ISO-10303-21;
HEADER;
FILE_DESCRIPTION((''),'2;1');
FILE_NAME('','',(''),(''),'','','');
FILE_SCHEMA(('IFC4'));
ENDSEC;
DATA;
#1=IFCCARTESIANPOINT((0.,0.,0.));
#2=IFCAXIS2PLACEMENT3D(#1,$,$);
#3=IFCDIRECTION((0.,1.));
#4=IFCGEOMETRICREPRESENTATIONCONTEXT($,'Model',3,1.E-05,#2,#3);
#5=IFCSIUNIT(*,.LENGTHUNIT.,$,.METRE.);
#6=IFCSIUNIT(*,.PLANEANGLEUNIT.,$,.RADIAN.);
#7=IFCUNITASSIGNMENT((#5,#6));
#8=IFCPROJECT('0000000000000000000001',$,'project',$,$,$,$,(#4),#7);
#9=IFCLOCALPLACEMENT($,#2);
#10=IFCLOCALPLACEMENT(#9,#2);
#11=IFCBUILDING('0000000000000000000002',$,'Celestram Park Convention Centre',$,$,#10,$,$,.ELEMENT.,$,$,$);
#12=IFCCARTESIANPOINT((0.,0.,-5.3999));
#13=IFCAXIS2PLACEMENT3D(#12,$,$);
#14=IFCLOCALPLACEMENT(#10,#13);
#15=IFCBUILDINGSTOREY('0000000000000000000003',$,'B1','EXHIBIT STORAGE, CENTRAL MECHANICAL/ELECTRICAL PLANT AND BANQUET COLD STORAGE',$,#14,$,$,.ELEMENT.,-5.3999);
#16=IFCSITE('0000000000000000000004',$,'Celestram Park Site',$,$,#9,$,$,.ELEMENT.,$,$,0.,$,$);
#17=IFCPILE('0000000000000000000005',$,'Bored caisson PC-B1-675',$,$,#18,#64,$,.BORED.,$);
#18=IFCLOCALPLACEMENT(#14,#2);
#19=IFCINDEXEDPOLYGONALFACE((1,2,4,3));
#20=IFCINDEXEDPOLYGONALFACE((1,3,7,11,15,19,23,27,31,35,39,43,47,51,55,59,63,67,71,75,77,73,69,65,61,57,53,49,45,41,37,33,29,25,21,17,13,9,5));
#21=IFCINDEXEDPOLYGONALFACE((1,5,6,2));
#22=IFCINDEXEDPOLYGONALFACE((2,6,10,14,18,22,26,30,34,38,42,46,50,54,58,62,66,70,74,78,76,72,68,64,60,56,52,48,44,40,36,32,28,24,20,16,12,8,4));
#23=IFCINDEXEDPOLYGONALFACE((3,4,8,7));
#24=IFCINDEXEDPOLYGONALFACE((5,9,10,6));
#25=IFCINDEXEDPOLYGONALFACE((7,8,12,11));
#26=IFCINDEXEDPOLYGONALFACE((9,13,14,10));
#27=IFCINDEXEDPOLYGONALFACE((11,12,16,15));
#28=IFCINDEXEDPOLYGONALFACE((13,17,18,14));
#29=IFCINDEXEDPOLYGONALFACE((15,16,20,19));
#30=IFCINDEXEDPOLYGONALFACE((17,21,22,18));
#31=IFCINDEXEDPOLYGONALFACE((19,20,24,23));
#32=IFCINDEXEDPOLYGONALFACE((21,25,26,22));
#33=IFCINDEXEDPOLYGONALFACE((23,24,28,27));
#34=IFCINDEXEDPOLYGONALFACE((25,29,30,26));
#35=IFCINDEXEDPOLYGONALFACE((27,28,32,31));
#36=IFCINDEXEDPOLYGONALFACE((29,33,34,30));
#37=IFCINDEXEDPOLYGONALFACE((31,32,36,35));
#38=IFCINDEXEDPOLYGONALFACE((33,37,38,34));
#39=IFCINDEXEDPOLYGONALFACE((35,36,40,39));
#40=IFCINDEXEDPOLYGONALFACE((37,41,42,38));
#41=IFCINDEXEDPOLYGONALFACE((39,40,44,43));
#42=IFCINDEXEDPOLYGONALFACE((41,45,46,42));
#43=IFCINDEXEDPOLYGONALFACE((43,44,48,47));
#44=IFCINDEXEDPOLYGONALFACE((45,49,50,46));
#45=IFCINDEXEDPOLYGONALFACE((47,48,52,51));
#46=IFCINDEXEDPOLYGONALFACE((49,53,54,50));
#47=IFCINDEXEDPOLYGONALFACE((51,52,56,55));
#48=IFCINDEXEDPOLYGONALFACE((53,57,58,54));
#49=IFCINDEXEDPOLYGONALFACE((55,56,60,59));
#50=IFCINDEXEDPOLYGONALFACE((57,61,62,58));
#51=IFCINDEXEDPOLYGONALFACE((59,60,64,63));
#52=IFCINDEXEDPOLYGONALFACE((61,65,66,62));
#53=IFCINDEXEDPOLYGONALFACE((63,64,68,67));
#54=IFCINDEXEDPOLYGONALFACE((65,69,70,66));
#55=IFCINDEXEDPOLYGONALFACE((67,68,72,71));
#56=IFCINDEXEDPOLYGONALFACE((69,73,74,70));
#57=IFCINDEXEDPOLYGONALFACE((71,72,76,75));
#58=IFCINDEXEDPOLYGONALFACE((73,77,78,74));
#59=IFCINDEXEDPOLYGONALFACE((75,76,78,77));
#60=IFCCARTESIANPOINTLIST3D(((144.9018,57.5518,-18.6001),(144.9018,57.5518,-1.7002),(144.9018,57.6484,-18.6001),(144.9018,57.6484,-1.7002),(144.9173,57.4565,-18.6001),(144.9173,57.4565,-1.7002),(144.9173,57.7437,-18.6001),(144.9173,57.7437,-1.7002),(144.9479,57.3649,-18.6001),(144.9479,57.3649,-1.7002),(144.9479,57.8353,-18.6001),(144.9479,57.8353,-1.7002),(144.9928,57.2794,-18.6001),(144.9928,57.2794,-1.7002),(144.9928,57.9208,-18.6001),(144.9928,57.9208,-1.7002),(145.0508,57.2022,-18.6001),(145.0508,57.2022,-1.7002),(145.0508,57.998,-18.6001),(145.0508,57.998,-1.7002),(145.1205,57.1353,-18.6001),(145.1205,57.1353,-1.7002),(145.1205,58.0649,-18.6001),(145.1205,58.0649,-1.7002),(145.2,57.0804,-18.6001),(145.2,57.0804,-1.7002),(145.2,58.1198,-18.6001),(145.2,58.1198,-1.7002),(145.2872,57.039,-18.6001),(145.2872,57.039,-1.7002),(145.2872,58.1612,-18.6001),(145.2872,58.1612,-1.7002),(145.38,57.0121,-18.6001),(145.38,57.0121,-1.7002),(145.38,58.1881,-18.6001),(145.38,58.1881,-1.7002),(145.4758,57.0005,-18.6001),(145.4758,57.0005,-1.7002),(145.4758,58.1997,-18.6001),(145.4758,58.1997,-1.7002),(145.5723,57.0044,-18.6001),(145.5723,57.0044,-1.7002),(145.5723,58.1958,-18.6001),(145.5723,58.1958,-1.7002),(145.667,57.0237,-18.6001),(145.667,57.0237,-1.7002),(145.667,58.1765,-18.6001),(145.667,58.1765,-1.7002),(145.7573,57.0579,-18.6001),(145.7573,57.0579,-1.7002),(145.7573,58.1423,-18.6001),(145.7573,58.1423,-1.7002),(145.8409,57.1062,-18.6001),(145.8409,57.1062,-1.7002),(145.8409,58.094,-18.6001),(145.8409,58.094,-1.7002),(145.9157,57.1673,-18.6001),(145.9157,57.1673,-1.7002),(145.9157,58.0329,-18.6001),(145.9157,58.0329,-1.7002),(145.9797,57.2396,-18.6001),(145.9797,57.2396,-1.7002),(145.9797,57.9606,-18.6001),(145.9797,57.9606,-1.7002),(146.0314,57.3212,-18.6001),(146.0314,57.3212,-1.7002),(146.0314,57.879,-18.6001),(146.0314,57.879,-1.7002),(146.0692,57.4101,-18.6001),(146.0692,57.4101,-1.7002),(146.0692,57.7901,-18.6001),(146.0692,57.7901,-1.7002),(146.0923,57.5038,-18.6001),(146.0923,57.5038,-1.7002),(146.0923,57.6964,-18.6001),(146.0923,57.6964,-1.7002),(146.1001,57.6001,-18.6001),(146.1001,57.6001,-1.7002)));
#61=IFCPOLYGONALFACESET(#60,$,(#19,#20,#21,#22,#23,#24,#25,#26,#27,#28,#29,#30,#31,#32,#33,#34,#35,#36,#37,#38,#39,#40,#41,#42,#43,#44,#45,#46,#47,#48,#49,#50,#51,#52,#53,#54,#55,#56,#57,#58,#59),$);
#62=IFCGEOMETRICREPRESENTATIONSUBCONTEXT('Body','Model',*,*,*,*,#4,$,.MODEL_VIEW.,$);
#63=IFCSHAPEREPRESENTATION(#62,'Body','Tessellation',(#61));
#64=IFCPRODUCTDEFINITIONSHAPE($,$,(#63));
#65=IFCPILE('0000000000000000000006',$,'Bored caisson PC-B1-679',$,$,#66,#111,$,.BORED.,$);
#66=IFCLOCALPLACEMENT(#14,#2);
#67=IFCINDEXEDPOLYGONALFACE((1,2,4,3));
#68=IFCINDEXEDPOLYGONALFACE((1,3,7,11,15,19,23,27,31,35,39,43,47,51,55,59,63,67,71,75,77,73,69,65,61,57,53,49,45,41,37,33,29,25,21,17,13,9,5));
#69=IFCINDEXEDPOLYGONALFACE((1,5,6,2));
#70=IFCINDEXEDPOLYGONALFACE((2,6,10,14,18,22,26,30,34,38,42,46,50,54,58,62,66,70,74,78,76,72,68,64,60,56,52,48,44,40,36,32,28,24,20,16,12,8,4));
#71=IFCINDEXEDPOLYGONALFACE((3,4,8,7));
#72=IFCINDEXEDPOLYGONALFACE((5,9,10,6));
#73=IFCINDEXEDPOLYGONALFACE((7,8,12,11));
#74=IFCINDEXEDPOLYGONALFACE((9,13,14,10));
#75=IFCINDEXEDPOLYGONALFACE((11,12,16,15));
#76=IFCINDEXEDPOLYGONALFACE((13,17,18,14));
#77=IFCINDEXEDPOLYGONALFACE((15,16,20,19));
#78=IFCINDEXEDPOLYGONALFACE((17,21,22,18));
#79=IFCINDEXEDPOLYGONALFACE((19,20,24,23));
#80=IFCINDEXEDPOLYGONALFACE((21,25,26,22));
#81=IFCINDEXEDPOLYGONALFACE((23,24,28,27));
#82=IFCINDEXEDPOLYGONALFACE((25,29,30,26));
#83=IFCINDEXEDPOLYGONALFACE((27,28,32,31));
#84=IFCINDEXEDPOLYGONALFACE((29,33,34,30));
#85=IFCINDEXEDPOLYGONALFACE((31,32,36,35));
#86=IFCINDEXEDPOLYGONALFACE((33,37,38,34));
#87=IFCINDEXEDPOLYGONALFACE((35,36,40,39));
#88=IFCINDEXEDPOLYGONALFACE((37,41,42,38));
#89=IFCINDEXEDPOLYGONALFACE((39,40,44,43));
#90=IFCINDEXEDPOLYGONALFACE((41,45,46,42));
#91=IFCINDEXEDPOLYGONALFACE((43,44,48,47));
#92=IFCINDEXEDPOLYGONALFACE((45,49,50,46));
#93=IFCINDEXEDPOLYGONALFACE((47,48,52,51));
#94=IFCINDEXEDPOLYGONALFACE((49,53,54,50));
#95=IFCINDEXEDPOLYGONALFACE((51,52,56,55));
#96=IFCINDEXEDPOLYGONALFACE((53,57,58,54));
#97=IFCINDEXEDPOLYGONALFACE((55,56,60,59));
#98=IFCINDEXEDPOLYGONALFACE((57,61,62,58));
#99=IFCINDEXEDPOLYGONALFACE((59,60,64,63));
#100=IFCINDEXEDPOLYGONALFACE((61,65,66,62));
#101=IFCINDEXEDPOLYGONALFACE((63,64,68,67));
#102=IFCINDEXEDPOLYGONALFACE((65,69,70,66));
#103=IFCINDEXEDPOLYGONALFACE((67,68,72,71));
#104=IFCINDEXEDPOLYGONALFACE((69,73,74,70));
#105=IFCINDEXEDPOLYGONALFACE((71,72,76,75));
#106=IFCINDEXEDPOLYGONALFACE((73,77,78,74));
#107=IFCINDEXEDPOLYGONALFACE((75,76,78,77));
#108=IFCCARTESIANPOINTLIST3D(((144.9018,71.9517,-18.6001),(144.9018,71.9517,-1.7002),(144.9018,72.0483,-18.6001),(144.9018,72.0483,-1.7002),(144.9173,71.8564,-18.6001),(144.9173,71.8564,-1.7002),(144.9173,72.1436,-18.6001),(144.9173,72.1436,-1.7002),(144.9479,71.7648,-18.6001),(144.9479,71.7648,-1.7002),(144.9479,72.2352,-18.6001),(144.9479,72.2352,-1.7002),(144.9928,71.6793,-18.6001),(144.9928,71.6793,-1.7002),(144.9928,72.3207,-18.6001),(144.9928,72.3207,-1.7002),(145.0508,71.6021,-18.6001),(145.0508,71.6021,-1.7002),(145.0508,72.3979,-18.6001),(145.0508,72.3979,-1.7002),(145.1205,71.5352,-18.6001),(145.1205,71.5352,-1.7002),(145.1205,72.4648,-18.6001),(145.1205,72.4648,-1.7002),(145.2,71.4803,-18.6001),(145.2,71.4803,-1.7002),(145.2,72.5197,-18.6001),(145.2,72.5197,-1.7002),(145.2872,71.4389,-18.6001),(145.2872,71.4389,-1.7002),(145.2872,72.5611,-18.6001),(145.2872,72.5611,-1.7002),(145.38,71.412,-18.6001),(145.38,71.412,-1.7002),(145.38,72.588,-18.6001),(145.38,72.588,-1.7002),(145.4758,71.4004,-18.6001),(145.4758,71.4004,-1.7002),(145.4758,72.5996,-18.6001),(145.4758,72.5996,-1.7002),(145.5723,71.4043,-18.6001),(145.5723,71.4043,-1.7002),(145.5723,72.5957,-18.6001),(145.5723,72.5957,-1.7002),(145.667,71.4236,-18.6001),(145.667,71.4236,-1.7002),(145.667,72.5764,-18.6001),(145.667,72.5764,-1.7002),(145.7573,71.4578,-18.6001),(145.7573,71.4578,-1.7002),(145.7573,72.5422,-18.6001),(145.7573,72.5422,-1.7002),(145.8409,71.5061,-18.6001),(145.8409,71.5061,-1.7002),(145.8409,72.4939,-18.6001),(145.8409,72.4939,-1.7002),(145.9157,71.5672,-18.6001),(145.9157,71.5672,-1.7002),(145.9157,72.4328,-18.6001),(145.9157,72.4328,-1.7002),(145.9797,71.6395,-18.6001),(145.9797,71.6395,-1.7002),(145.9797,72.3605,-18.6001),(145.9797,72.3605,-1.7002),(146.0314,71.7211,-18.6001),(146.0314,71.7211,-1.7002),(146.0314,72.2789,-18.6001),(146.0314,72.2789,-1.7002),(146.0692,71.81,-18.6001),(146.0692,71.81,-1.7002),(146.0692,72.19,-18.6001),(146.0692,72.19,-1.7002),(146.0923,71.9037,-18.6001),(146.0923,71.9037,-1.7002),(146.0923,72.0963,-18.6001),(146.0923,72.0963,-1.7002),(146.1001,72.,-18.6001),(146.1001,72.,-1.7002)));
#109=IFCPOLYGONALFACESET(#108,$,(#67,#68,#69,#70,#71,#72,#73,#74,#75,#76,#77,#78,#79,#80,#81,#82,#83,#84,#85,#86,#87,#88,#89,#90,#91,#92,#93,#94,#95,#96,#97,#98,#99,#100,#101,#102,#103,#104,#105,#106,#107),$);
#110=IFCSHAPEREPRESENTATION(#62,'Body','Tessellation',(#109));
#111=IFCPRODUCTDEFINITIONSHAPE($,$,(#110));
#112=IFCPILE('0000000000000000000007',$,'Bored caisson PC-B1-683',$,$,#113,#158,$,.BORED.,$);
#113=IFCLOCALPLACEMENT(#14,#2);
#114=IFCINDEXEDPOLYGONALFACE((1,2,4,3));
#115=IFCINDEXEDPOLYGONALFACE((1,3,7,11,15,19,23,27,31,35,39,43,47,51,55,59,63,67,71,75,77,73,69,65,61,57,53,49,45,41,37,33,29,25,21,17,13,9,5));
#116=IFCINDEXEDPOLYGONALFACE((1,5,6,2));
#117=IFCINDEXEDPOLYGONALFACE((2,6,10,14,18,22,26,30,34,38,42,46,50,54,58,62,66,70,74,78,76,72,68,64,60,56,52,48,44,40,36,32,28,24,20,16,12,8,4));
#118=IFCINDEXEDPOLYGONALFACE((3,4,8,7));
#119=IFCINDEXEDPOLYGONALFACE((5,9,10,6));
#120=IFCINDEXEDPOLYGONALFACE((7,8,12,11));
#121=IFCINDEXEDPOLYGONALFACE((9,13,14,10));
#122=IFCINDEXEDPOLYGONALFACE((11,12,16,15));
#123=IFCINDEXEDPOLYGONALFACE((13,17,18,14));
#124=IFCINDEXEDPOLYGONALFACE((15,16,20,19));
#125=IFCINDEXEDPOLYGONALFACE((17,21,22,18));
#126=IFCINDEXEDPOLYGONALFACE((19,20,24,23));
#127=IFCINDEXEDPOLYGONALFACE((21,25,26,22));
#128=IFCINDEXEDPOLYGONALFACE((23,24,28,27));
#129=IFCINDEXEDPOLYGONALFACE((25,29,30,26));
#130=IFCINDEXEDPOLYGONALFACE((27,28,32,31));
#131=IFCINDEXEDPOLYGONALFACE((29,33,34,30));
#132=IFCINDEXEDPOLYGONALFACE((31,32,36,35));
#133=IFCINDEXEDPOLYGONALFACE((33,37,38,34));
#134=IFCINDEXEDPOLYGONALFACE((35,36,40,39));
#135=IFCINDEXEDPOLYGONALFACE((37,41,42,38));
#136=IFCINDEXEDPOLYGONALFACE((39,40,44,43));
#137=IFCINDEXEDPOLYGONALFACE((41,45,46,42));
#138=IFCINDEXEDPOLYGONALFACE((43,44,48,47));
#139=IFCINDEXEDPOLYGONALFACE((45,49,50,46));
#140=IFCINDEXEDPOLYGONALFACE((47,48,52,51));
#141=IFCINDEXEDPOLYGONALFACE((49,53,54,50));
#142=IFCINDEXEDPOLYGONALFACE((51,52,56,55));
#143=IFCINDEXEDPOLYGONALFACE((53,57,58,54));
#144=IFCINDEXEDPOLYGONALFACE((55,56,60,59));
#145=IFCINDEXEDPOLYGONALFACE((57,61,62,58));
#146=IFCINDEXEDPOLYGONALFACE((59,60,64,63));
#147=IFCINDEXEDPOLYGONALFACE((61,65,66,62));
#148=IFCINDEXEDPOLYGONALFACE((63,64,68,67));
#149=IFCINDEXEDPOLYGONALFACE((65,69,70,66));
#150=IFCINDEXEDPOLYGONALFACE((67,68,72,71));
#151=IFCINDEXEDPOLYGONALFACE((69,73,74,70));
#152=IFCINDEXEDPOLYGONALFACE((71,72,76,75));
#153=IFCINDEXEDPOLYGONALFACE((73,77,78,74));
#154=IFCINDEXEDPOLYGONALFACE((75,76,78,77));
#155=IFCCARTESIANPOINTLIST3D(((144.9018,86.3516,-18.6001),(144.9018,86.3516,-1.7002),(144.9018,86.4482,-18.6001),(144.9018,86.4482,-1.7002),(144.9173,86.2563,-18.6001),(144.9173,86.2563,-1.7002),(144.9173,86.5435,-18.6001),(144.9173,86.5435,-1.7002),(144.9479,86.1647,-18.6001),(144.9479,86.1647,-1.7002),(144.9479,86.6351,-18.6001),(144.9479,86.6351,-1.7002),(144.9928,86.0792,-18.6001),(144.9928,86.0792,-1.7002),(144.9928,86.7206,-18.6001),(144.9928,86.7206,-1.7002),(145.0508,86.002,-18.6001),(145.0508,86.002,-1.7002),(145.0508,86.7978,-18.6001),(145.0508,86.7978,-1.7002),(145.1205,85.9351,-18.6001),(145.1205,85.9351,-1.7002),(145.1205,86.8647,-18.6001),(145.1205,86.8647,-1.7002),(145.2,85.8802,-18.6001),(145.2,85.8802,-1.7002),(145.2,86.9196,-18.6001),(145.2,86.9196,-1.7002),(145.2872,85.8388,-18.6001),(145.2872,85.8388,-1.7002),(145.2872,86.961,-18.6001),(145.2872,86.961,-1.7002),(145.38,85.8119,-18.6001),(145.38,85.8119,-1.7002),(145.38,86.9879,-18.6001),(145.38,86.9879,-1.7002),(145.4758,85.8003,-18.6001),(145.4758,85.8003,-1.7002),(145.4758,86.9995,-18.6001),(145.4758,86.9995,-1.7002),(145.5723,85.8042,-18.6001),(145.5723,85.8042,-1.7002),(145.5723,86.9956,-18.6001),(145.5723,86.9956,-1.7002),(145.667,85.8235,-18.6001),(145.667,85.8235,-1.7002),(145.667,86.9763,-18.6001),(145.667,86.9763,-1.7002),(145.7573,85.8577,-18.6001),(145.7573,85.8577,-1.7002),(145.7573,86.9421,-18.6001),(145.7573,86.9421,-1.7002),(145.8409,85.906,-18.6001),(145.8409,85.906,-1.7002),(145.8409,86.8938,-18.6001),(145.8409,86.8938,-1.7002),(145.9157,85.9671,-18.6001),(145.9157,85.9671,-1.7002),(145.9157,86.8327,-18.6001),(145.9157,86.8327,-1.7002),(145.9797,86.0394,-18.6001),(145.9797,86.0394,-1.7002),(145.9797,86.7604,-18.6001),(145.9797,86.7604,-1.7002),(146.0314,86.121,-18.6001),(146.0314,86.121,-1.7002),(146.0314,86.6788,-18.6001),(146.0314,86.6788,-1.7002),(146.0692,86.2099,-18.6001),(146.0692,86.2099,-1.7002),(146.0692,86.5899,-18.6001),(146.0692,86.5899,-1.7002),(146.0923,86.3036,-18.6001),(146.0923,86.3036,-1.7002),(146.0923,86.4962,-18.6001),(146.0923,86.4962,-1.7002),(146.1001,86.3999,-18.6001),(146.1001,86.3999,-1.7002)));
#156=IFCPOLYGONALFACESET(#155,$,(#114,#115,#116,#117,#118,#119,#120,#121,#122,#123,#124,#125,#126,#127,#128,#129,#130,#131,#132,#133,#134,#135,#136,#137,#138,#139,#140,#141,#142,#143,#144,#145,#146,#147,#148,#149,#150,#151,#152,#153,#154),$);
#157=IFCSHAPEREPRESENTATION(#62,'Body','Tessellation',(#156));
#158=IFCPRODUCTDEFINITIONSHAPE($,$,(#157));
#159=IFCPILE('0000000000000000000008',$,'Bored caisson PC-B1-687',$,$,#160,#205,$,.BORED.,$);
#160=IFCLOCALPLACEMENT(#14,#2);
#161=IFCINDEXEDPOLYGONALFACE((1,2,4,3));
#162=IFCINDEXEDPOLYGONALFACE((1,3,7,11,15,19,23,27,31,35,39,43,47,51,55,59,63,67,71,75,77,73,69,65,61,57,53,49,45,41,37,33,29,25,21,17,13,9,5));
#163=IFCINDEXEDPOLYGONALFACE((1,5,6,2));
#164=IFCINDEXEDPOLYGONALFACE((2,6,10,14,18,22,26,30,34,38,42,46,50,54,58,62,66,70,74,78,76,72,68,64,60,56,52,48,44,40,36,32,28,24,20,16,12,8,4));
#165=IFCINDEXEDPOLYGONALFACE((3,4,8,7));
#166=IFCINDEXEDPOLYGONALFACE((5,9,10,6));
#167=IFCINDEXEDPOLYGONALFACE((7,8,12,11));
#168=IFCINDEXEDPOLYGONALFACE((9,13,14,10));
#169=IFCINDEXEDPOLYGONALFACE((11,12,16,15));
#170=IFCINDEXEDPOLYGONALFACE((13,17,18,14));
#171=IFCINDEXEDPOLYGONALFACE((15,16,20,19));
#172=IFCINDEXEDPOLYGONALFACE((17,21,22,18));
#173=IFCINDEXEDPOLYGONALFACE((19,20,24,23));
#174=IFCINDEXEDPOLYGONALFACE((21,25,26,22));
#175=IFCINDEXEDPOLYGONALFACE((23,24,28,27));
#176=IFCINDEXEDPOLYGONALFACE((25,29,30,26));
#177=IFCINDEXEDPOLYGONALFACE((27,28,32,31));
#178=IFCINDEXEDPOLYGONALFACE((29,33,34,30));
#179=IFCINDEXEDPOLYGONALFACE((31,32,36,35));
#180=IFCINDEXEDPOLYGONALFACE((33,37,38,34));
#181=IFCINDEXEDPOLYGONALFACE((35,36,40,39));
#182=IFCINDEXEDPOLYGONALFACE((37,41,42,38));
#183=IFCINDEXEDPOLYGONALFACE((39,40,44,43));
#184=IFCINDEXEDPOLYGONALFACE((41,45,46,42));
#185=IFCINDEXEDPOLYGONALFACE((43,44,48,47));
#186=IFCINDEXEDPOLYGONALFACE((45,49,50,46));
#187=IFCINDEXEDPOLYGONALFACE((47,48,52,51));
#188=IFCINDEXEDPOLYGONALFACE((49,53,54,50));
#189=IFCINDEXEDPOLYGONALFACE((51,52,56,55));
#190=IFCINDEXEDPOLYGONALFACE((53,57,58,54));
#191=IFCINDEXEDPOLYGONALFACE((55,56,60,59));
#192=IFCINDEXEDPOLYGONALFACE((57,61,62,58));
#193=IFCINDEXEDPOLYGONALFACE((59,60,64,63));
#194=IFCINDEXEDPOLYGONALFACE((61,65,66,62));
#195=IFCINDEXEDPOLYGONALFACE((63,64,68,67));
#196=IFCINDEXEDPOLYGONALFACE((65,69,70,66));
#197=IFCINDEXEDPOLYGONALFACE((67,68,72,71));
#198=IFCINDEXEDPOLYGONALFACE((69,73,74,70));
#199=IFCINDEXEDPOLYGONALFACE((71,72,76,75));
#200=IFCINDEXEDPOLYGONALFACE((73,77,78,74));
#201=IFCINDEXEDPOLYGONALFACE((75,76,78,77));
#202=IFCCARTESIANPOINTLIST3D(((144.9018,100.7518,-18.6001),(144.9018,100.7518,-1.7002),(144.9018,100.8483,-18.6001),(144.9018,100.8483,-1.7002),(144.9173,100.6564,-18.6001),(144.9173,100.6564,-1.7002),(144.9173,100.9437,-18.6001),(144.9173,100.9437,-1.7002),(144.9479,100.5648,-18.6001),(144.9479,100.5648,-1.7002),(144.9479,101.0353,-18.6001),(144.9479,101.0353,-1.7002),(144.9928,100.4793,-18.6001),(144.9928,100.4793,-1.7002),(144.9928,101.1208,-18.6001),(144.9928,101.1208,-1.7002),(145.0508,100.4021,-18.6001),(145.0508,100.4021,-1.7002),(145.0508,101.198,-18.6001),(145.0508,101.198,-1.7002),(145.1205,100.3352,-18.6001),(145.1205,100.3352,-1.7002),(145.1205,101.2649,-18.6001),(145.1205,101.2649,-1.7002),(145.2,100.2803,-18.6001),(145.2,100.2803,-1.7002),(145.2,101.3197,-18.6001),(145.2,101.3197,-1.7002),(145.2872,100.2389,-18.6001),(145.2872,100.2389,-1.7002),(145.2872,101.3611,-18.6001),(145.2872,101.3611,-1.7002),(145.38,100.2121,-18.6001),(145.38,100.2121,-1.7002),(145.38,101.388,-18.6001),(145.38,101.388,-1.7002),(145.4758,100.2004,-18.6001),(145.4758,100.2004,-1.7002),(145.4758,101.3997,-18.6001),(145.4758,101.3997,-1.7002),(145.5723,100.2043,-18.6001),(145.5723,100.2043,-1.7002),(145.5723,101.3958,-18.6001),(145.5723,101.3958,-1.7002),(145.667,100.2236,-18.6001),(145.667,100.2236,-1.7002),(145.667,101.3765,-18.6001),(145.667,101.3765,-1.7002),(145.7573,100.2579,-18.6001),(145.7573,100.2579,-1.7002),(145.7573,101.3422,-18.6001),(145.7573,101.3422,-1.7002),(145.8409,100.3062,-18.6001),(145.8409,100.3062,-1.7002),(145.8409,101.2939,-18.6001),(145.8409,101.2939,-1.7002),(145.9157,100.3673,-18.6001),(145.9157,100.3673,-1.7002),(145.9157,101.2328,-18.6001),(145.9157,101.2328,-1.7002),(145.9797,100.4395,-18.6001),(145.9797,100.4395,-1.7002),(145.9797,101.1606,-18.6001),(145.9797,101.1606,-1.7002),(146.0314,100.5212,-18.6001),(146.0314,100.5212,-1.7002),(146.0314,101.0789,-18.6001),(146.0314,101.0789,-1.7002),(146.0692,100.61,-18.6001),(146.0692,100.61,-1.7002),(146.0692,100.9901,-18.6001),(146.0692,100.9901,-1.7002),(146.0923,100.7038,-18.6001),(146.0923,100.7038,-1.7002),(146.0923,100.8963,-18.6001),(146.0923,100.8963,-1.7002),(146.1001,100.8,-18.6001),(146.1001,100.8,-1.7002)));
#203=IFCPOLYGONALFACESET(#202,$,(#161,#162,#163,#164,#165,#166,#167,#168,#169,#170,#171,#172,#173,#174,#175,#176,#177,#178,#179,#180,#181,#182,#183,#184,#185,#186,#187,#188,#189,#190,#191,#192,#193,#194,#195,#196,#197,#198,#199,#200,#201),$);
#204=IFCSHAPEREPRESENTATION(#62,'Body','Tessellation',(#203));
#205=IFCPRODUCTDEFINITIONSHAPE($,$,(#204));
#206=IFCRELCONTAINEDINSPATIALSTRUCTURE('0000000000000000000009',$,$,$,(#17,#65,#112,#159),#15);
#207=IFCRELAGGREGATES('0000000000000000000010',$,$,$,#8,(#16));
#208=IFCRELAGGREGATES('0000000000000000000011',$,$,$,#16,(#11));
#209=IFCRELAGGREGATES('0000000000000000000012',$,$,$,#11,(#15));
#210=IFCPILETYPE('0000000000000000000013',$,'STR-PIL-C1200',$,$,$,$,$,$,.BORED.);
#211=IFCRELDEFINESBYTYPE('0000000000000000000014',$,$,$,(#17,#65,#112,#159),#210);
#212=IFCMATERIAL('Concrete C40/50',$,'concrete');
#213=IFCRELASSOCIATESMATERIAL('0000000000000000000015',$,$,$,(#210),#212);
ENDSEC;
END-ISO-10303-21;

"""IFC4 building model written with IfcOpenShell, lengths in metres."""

from ifc_helpers import new_model, si_unit, direction, frame, origin, origin_2d, place, context, subcontext, project, spatial, circle, extrude, material, material_profile, profile_set, type_object, element, save


model = new_model("IFC4")

# Units and contexts
model_context = context("Model", 3, precision=1e-05, world=origin(), true_north=direction((0.0, 1.0)))
body_context = subcontext(model_context, "Body", "Model", "MODEL_VIEW")
ifc_project = project(units=[si_unit("LENGTHUNIT", "METRE"), si_unit("PLANEANGLEUNIT", "RADIAN")], contexts=[model_context])

# Site, building, storey
site_placement = place(None, origin())
site = spatial("IfcSite", under=ifc_project, at=site_placement, Name="Celestram Park Site", CompositionType="ELEMENT", RefElevation=0.0)
building_placement = place(site_placement, origin())
building = spatial("IfcBuilding", under=site, at=building_placement, Name="Celestram Park Convention Centre", CompositionType="ELEMENT")
storey_placement = place(building_placement, frame((0.0, 0.0, -5.3999)))
storey = spatial("IfcBuildingStorey", under=building, at=storey_placement, Name="B1", Description="EXHIBIT STORAGE, CENTRAL MECHANICAL/ELECTRICAL PLANT AND BANQUET COLD STORAGE", CompositionType="ELEMENT", Elevation=-5.3999)

# Shared definitions
ifc_material_1 = material(Name="Concrete C40/50", Category="concrete")

# Piles
ifc_material_profile_1 = material_profile(ifc_material_1, circle(Radius=0.6001, at=origin_2d()), Name="CAISSON1200")
ifc_profile_set_1 = profile_set([ifc_material_profile_1], Name="Concrete C40/50")
pile_type_1 = type_object("IfcPileType", Name="STR-PIL-C1200", PredefinedType="BORED", material=ifc_profile_set_1)
for number, where, z_axis, x_axis, name in (
    (1, (145.5, 57.6001, -1.7002), (0.0, 0.0, -1.0), (1.0, 0.0, 0.0), "Bored caisson PC-B1-675"),
    (2, (145.5, 72.0, -1.7002), (0.0, 0.0, -1.0), (1.0, 0.0, 0.0), "Bored caisson PC-B1-679"),
    (3, (145.5, 86.3999, -1.7002), (0.0, 0.0, -1.0), (1.0, 0.0, 0.0), "Bored caisson PC-B1-683"),
    (4, (145.5, 100.8, -1.7002), (0.0, 0.0, -1.0), (1.0, 0.0, 0.0), "Bored caisson PC-B1-687"),
):
    element("IfcPile", number, at=place(storey_placement, frame(where, z_axis=z_axis, x_axis=x_axis)), inside=storey, type_object=pile_type_1, Name=name, PredefinedType="BORED", context=body_context, shape_type="SweptSolid", body=[
        extrude(circle(Radius=0.6001, at=origin_2d()), origin(), (0.0, 0.0, 1.0), 16.8999),
    ])

save(model, "model.ifc")
